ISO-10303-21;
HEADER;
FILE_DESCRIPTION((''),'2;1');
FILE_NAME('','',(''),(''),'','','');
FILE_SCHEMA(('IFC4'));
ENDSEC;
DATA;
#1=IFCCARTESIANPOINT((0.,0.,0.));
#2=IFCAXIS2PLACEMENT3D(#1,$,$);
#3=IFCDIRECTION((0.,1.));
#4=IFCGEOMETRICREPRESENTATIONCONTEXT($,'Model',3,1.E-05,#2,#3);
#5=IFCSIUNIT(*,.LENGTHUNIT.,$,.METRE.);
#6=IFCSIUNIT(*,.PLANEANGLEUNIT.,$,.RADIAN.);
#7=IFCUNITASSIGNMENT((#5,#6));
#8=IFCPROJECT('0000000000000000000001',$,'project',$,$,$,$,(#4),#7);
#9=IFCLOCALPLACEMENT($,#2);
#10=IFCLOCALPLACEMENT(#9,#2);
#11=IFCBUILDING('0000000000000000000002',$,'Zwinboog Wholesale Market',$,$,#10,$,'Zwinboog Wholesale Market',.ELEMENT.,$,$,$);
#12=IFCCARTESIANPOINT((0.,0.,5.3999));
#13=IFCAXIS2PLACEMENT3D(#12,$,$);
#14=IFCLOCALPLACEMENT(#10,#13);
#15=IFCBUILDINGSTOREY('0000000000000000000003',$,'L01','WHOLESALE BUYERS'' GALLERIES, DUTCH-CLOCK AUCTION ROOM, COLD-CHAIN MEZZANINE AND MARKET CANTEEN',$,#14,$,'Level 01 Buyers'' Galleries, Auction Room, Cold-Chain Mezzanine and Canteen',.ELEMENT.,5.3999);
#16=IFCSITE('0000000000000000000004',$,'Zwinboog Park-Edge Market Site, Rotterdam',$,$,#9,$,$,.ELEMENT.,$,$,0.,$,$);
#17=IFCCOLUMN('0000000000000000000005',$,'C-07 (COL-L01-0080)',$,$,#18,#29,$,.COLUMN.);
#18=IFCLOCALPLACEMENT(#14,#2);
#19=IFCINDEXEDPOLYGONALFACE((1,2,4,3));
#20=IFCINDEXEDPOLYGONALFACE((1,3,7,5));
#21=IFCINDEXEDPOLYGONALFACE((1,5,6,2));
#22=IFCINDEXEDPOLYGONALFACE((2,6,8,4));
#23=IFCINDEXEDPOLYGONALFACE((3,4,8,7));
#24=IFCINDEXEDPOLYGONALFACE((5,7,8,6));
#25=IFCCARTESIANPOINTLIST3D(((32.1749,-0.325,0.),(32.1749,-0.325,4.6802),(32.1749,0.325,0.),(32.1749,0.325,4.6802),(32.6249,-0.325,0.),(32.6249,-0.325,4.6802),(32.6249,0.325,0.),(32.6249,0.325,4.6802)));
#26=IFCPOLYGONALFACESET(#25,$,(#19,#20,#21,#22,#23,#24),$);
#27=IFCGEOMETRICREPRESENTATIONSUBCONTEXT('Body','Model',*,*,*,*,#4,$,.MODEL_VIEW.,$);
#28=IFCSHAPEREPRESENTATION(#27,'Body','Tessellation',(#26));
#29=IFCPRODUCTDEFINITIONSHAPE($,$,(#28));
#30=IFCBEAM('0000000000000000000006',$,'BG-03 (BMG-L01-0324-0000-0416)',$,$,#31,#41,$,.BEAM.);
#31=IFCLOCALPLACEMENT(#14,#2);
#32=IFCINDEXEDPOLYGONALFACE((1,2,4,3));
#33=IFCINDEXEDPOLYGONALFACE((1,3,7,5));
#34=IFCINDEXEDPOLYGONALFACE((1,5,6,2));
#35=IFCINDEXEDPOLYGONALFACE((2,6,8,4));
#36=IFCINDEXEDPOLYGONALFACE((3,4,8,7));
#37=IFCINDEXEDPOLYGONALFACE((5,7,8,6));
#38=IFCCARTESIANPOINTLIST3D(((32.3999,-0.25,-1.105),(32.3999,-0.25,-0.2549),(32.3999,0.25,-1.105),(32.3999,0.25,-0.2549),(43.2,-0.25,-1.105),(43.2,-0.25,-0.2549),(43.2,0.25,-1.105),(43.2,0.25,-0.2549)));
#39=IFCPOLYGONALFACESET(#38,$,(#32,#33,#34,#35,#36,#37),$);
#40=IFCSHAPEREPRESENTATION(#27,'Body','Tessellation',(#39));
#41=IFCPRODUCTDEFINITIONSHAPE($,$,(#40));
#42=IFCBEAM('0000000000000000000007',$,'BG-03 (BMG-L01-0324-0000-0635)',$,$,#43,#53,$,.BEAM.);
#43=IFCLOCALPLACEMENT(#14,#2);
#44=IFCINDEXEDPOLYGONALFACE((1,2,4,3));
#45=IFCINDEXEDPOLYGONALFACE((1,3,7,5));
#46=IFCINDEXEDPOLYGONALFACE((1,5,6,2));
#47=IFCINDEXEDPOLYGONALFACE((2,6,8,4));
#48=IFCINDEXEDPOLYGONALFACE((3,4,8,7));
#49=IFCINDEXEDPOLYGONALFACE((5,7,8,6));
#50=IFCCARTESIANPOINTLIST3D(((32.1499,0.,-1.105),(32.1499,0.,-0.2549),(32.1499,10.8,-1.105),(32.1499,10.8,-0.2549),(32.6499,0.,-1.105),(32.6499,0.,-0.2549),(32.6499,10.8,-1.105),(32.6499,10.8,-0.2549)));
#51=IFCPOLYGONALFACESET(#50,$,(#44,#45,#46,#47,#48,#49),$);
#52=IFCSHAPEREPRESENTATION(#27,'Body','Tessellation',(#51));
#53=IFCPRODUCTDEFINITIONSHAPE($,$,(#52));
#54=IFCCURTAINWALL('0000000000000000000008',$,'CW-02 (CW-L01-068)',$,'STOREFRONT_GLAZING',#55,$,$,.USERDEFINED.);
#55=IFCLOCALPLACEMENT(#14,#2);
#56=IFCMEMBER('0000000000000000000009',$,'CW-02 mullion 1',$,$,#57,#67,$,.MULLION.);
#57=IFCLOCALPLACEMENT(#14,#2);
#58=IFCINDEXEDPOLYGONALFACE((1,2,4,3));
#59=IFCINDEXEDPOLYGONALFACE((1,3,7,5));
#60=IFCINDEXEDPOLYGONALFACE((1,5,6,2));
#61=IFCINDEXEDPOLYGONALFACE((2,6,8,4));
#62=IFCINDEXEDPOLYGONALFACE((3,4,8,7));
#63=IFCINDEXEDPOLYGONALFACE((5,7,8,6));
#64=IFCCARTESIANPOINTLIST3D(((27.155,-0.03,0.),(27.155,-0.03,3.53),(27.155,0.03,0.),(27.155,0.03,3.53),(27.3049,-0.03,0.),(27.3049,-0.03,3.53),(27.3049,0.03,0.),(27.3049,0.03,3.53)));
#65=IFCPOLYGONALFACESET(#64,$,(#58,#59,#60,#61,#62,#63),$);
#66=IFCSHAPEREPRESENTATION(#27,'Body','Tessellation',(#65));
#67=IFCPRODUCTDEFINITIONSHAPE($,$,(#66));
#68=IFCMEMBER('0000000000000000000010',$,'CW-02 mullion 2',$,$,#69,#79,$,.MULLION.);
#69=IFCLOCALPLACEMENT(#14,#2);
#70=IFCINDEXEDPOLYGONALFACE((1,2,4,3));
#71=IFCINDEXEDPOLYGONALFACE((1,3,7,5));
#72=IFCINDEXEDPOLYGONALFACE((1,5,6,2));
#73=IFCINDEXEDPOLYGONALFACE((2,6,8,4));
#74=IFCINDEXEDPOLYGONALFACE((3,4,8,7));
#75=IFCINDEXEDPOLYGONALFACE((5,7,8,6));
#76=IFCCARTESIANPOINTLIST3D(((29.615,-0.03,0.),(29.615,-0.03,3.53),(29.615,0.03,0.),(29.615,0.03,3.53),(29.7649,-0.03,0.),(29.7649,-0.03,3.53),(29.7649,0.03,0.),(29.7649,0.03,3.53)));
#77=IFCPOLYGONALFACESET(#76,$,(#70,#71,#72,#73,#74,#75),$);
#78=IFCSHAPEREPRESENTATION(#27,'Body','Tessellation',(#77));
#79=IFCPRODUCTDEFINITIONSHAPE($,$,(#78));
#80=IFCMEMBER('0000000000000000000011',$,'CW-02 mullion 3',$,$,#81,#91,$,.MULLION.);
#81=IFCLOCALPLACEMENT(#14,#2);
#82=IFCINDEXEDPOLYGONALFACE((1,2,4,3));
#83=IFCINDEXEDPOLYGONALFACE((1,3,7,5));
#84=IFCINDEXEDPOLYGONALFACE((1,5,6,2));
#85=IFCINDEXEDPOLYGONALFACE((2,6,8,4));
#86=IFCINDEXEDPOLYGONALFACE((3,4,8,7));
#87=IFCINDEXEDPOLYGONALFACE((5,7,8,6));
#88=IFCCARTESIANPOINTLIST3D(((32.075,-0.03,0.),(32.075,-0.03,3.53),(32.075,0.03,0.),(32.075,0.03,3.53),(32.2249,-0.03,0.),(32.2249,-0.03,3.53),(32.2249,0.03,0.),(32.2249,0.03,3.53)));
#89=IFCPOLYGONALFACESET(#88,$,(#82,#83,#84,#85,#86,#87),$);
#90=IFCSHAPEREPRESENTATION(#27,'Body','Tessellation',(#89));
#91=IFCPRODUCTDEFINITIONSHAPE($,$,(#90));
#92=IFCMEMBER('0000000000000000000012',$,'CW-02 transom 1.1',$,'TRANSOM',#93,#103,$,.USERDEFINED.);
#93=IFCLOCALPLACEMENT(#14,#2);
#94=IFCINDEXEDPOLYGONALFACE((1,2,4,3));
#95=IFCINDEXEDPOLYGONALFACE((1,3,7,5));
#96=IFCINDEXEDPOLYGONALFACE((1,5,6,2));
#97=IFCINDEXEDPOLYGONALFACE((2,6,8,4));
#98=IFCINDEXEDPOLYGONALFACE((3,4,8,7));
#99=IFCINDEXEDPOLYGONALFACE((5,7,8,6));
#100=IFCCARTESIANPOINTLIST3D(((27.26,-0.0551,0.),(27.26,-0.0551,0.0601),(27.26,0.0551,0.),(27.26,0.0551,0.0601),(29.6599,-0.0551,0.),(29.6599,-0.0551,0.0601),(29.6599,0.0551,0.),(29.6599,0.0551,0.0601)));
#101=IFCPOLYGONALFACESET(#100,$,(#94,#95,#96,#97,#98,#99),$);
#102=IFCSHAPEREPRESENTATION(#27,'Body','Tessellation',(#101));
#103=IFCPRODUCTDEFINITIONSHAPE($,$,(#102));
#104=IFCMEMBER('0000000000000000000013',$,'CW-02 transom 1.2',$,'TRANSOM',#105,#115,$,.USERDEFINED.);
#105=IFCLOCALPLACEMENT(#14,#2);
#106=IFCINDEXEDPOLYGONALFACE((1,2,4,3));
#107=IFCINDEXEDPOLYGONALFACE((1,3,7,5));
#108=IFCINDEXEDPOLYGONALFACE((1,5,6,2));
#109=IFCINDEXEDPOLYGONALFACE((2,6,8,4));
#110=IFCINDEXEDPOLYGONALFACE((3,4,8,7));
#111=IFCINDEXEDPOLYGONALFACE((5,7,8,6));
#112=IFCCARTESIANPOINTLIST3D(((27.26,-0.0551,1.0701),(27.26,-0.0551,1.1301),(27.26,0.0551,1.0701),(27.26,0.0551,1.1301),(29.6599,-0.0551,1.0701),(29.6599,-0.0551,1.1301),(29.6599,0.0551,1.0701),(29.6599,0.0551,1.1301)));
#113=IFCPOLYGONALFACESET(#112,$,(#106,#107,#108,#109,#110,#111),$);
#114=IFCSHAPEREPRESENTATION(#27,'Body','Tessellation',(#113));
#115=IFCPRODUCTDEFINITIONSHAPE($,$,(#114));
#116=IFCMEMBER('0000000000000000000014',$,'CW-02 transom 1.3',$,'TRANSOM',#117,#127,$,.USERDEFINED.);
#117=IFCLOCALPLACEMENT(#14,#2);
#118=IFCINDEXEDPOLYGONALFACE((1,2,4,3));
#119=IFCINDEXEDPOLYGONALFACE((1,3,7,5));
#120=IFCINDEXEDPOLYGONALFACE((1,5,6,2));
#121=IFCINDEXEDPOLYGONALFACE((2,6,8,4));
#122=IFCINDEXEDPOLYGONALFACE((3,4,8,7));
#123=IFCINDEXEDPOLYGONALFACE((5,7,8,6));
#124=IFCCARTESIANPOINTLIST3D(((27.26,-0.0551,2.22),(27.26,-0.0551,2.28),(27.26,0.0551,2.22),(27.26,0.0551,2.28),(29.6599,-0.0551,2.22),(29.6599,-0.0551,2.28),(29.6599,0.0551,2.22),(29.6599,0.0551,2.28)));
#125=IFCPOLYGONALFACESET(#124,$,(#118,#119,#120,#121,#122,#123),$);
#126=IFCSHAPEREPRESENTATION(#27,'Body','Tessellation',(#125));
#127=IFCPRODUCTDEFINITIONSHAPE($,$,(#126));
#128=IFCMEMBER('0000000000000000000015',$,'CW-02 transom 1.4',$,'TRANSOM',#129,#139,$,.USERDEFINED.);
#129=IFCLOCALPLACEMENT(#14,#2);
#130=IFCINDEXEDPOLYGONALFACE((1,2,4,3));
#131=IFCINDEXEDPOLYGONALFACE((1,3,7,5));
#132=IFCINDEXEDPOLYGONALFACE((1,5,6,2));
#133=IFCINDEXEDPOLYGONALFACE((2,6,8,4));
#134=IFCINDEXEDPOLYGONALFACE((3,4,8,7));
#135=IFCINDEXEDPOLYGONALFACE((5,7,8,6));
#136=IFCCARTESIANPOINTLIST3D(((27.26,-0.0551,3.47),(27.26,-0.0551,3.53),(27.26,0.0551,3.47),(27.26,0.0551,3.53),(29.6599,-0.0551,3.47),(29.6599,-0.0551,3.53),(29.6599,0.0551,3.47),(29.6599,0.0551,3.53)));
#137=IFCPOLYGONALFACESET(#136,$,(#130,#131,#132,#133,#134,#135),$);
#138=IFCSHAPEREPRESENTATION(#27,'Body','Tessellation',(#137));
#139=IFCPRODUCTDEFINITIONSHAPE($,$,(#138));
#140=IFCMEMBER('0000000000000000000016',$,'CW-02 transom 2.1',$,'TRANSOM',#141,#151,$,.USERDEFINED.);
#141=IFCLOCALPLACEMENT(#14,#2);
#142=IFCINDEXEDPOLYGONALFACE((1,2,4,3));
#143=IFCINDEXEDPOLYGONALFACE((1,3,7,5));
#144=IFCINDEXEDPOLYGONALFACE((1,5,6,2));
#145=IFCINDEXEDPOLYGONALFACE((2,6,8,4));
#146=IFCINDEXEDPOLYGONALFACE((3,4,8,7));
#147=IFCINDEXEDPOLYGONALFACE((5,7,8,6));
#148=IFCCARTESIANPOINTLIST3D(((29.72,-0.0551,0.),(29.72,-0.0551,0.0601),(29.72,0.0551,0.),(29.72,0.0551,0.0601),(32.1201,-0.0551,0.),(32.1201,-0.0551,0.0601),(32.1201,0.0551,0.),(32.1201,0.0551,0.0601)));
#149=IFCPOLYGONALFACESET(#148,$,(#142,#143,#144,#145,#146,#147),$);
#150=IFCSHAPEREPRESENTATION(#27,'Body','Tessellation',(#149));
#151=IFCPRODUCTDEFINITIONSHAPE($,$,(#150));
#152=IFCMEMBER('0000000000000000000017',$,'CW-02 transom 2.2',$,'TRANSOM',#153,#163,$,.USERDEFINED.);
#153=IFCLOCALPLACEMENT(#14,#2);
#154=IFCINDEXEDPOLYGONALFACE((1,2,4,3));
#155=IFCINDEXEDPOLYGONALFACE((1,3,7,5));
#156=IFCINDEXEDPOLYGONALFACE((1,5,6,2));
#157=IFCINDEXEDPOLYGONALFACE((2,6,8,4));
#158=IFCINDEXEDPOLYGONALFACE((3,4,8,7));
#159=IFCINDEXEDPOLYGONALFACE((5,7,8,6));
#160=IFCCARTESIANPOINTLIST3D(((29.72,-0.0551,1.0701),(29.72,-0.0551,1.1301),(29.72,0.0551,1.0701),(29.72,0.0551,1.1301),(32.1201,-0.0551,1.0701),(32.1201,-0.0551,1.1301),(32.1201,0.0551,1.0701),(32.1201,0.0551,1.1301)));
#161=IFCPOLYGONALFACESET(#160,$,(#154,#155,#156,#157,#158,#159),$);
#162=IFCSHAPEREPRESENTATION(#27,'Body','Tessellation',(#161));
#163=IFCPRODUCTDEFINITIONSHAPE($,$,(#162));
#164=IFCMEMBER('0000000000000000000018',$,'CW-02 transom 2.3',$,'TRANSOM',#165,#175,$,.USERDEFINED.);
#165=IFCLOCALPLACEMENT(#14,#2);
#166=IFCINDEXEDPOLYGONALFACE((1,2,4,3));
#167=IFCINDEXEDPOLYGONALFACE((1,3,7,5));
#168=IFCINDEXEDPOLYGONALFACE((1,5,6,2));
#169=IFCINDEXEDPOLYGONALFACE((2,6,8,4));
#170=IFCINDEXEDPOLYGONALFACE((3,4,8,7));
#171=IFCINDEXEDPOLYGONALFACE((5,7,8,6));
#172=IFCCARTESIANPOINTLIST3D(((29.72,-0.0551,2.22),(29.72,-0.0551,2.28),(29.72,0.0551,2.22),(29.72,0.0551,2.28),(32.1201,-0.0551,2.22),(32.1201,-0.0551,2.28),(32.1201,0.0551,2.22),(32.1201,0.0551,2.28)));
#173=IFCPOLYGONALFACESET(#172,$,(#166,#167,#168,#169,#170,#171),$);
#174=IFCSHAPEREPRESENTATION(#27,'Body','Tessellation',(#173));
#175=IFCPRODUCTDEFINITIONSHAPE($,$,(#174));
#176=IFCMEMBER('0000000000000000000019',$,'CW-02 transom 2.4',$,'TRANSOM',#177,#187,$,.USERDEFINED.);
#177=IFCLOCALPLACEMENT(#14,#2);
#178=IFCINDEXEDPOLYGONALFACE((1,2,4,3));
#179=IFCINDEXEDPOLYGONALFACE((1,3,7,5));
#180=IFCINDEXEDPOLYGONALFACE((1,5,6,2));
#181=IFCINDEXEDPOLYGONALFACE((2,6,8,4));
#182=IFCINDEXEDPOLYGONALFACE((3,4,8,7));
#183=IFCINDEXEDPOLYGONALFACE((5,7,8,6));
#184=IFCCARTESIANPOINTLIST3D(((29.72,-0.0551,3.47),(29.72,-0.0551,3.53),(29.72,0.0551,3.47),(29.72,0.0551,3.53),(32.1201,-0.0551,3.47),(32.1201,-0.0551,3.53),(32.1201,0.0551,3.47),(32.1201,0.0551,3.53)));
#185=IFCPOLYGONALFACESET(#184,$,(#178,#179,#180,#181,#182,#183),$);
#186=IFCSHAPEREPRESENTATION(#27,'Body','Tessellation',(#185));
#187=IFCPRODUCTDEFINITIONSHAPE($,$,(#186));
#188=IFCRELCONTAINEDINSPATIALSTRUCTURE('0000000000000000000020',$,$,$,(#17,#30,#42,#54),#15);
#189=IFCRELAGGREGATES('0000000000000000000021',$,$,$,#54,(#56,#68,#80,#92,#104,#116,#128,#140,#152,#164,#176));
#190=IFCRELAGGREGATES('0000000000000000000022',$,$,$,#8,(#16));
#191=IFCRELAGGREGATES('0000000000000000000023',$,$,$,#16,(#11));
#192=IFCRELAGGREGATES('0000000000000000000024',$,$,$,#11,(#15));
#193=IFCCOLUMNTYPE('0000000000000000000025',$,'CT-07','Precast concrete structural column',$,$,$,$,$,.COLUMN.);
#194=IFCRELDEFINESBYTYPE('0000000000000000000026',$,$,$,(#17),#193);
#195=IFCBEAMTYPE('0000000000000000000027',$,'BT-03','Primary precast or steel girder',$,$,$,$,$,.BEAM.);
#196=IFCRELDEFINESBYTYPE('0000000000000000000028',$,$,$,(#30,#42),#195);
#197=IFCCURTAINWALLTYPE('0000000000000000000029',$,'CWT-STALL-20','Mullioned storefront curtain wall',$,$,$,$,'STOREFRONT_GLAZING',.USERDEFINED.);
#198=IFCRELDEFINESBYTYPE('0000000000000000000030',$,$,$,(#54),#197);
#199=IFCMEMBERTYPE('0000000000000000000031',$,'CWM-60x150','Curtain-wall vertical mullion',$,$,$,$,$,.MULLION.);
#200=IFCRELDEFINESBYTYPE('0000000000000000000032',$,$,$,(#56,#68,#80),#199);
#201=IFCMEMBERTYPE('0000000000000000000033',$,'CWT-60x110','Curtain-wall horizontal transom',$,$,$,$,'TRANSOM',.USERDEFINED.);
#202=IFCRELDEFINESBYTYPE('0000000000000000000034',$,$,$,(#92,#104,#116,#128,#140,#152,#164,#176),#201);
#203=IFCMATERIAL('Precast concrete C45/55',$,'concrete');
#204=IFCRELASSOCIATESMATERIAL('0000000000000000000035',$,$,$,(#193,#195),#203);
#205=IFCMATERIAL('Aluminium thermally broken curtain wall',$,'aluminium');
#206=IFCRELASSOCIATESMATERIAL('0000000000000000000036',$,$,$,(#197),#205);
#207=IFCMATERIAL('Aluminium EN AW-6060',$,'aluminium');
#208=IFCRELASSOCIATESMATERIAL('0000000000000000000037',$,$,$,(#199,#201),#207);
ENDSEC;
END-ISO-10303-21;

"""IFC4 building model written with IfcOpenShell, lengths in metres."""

from ifc_helpers import new_model, si_unit, direction, frame, origin, origin_2d, place, context, subcontext, project, spatial, rectangle, extrude, material, material_profile, profile_set, type_object, element, aggregate, save


model = new_model("IFC4")

# Units and contexts
model_context = context("Model", 3, precision=1e-05, world=origin(), true_north=direction((0.0, 1.0)))
body_context = subcontext(model_context, "Body", "Model", "MODEL_VIEW")
ifc_project = project(units=[si_unit("LENGTHUNIT", "METRE"), si_unit("PLANEANGLEUNIT", "RADIAN")], contexts=[model_context])

# Site, building, storey
site_placement = place(None, origin())
site = spatial("IfcSite", under=ifc_project, at=site_placement, Name="Zwinboog Park-Edge Market Site, Rotterdam", CompositionType="ELEMENT", RefElevation=0.0)
building_placement = place(site_placement, origin())
building = spatial("IfcBuilding", under=site, at=building_placement, Name="Zwinboog Wholesale Market", LongName="Zwinboog Wholesale Market", CompositionType="ELEMENT")
storey_placement = place(building_placement, frame((0.0, 0.0, 5.3999)))
storey = spatial("IfcBuildingStorey", under=building, at=storey_placement, Name="L01", Description="WHOLESALE BUYERS' GALLERIES, DUTCH-CLOCK AUCTION ROOM, COLD-CHAIN MEZZANINE AND MARKET CANTEEN", LongName="Level 01 Buyers' Galleries, Auction Room, Cold-Chain Mezzanine and Canteen", CompositionType="ELEMENT", Elevation=5.3999)

# Column
ifc_material_1 = material(Name="Precast concrete C45/55", Category="concrete")
ifc_material_profile_1 = material_profile(ifc_material_1, rectangle(XDim=0.45, YDim=0.6499, at=origin_2d()), Name="PC 450x650")
ifc_profile_set_1 = profile_set([ifc_material_profile_1], Name="Precast concrete C45/55")
column_type = type_object("IfcColumnType", Name="CT-07", Description="Precast concrete structural column", PredefinedType="COLUMN", material=ifc_profile_set_1)
column_placement = place(storey_placement, frame((32.3999, 0.0, 0.0), z_axis=(0.0, 0.0, 1.0), x_axis=(1.0, 0.0, 0.0)))
element("IfcColumn", 1, at=column_placement, inside=storey, type_object=column_type, Name="C-07 (COL-L01-0080)", PredefinedType="COLUMN", context=body_context, shape_type="SweptSolid", body=[
    extrude(rectangle(XDim=0.45, YDim=0.6499, at=origin_2d()), origin(), (0.0, 0.0, 1.0), 4.6802),
])

# Beams
ifc_material_profile_2 = material_profile(ifc_material_1, rectangle(XDim=0.5, YDim=0.8501, at=origin_2d()), Name="PC 500x850")
ifc_profile_set_2 = profile_set([ifc_material_profile_2], Name="Precast concrete C45/55")
beam_type = type_object("IfcBeamType", Name="BT-03", Description="Primary precast or steel girder", PredefinedType="BEAM", material=ifc_profile_set_2)
for number, where, z_axis, x_axis, name in (
    (2, (32.3999, 0.0, -0.6799), (1.0, 0.0, 0.0), (0.0, 1.0, 0.0), "BG-03 (BMG-L01-0324-0000-0416)"),
    (3, (32.3999, 0.0, -0.6799), (0.0, 1.0, 0.0), (-1.0, 0.0, 0.0), "BG-03 (BMG-L01-0324-0000-0635)"),
):
    element("IfcBeam", number, at=place(storey_placement, frame(where, z_axis=z_axis, x_axis=x_axis)), inside=storey, type_object=beam_type, Name=name, PredefinedType="BEAM", context=body_context, shape_type="SweptSolid", body=[
        extrude(rectangle(XDim=0.5, YDim=0.8501, at=origin_2d()), origin(), (0.0, 0.0, 1.0), 10.8),
    ])

# Curtain wall, members
ifc_material_2 = material(Name="Aluminium thermally broken curtain wall", Category="aluminium")
curtain_wall_type = type_object("IfcCurtainWallType", Name="CWT-STALL-20", Description="Mullioned storefront curtain wall", ElementType="STOREFRONT_GLAZING", PredefinedType="USERDEFINED", material=ifc_material_2)
curtain_wall_placement = place(storey_placement, origin())
curtain_wall = element("IfcCurtainWall", 4, at=curtain_wall_placement, inside=storey, type_object=curtain_wall_type, Name="CW-02 (CW-L01-068)", ObjectType="STOREFRONT_GLAZING", PredefinedType="USERDEFINED")
ifc_material_3 = material(Name="Aluminium EN AW-6060", Category="aluminium")
ifc_material_profile_3 = material_profile(ifc_material_3, rectangle(XDim=0.0601, YDim=0.1499, at=origin_2d()), Name="AL 60x150")
ifc_profile_set_3 = profile_set([ifc_material_profile_3], Name="Aluminium EN AW-6060")
member_type_1 = type_object("IfcMemberType", Name="CWM-60x150", Description="Curtain-wall vertical mullion", PredefinedType="MULLION", material=ifc_profile_set_3)
member_1_placement = place(storey_placement, frame((27.23, 0.0, 0.0), z_axis=(0.0, 0.0, 1.0), x_axis=(0.0, 1.0, 0.0)))
member_1 = element("IfcMember", 5, at=member_1_placement, type_object=member_type_1, Name="CW-02 mullion 1", PredefinedType="MULLION", context=body_context, shape_type="SweptSolid", body=[
    extrude(rectangle(XDim=0.0601, YDim=0.1499, at=origin_2d()), origin(), (0.0, 0.0, 1.0), 3.53),
])
member_2_placement = place(storey_placement, frame((29.6899, 0.0, 0.0), z_axis=(0.0, 0.0, 1.0), x_axis=(0.0, 1.0, 0.0)))
member_2 = element("IfcMember", 6, at=member_2_placement, type_object=member_type_1, Name="CW-02 mullion 2", PredefinedType="MULLION", context=body_context, shape_type="SweptSolid", body=[
    extrude(rectangle(XDim=0.0601, YDim=0.1499, at=origin_2d()), origin(), (0.0, 0.0, 1.0), 3.53),
])
member_3_placement = place(storey_placement, frame((32.1499, 0.0, 0.0), z_axis=(0.0, 0.0, 1.0), x_axis=(0.0, 1.0, 0.0)))
member_3 = element("IfcMember", 7, at=member_3_placement, type_object=member_type_1, Name="CW-02 mullion 3", PredefinedType="MULLION", context=body_context, shape_type="SweptSolid", body=[
    extrude(rectangle(XDim=0.0601, YDim=0.1499, at=origin_2d()), origin(), (0.0, 0.0, 1.0), 3.53),
])
ifc_material_profile_4 = material_profile(ifc_material_3, rectangle(XDim=0.1101, YDim=0.0601, at=origin_2d()), Name="AL 60x110")
ifc_profile_set_4 = profile_set([ifc_material_profile_4], Name="Aluminium EN AW-6060")
member_type_2 = type_object("IfcMemberType", Name="CWT-60x110", Description="Curtain-wall horizontal transom", ElementType="TRANSOM", PredefinedType="USERDEFINED", material=ifc_profile_set_4)
member_4_placement = place(storey_placement, frame((27.26, 0.0, 0.03), z_axis=(1.0, 0.0, 0.0), x_axis=(0.0, 1.0, 0.0)))
member_4 = element("IfcMember", 8, at=member_4_placement, type_object=member_type_2, Name="CW-02 transom 1.1", ObjectType="TRANSOM", PredefinedType="USERDEFINED", context=body_context, shape_type="SweptSolid", body=[
    extrude(rectangle(XDim=0.1101, YDim=0.0601, at=origin_2d()), origin(), (0.0, 0.0, 1.0), 2.3999),
])
member_5_placement = place(storey_placement, frame((27.26, 0.0, 1.1001), z_axis=(1.0, 0.0, 0.0), x_axis=(0.0, 1.0, 0.0)))
member_5 = element("IfcMember", 9, at=member_5_placement, type_object=member_type_2, Name="CW-02 transom 1.2", ObjectType="TRANSOM", PredefinedType="USERDEFINED", context=body_context, shape_type="SweptSolid", body=[
    extrude(rectangle(XDim=0.1101, YDim=0.0601, at=origin_2d()), origin(), (0.0, 0.0, 1.0), 2.3999),
])
member_6_placement = place(storey_placement, frame((27.26, 0.0, 2.25), z_axis=(1.0, 0.0, 0.0), x_axis=(0.0, 1.0, 0.0)))
member_6 = element("IfcMember", 10, at=member_6_placement, type_object=member_type_2, Name="CW-02 transom 1.3", ObjectType="TRANSOM", PredefinedType="USERDEFINED", context=body_context, shape_type="SweptSolid", body=[
    extrude(rectangle(XDim=0.1101, YDim=0.0601, at=origin_2d()), origin(), (0.0, 0.0, 1.0), 2.3999),
])
member_7_placement = place(storey_placement, frame((27.26, 0.0, 3.5), z_axis=(1.0, 0.0, 0.0), x_axis=(0.0, 1.0, 0.0)))
member_7 = element("IfcMember", 11, at=member_7_placement, type_object=member_type_2, Name="CW-02 transom 1.4", ObjectType="TRANSOM", PredefinedType="USERDEFINED", context=body_context, shape_type="SweptSolid", body=[
    extrude(rectangle(XDim=0.1101, YDim=0.0601, at=origin_2d()), origin(), (0.0, 0.0, 1.0), 2.3999),
])
member_8_placement = place(storey_placement, frame((29.72, 0.0, 0.03), z_axis=(1.0, 0.0, 0.0), x_axis=(0.0, 1.0, 0.0)))
member_8 = element("IfcMember", 12, at=member_8_placement, type_object=member_type_2, Name="CW-02 transom 2.1", ObjectType="TRANSOM", PredefinedType="USERDEFINED", context=body_context, shape_type="SweptSolid", body=[
    extrude(rectangle(XDim=0.1101, YDim=0.0601, at=origin_2d()), origin(), (0.0, 0.0, 1.0), 2.4001),
])
member_9_placement = place(storey_placement, frame((29.72, 0.0, 1.1001), z_axis=(1.0, 0.0, 0.0), x_axis=(0.0, 1.0, 0.0)))
member_9 = element("IfcMember", 13, at=member_9_placement, type_object=member_type_2, Name="CW-02 transom 2.2", ObjectType="TRANSOM", PredefinedType="USERDEFINED", context=body_context, shape_type="SweptSolid", body=[
    extrude(rectangle(XDim=0.1101, YDim=0.0601, at=origin_2d()), origin(), (0.0, 0.0, 1.0), 2.4001),
])
member_10_placement = place(storey_placement, frame((29.72, 0.0, 2.25), z_axis=(1.0, 0.0, 0.0), x_axis=(0.0, 1.0, 0.0)))
member_10 = element("IfcMember", 14, at=member_10_placement, type_object=member_type_2, Name="CW-02 transom 2.3", ObjectType="TRANSOM", PredefinedType="USERDEFINED", context=body_context, shape_type="SweptSolid", body=[
    extrude(rectangle(XDim=0.1101, YDim=0.0601, at=origin_2d()), origin(), (0.0, 0.0, 1.0), 2.4001),
])
member_11_placement = place(storey_placement, frame((29.72, 0.0, 3.5), z_axis=(1.0, 0.0, 0.0), x_axis=(0.0, 1.0, 0.0)))
member_11 = element("IfcMember", 15, at=member_11_placement, type_object=member_type_2, Name="CW-02 transom 2.4", ObjectType="TRANSOM", PredefinedType="USERDEFINED", context=body_context, shape_type="SweptSolid", body=[
    extrude(rectangle(XDim=0.1101, YDim=0.0601, at=origin_2d()), origin(), (0.0, 0.0, 1.0), 2.4001),
])
aggregate(curtain_wall, [member_1, member_2, member_3, member_4, member_5, member_6, member_7, member_8, member_9, member_10, member_11])

save(model, "model.ifc")
